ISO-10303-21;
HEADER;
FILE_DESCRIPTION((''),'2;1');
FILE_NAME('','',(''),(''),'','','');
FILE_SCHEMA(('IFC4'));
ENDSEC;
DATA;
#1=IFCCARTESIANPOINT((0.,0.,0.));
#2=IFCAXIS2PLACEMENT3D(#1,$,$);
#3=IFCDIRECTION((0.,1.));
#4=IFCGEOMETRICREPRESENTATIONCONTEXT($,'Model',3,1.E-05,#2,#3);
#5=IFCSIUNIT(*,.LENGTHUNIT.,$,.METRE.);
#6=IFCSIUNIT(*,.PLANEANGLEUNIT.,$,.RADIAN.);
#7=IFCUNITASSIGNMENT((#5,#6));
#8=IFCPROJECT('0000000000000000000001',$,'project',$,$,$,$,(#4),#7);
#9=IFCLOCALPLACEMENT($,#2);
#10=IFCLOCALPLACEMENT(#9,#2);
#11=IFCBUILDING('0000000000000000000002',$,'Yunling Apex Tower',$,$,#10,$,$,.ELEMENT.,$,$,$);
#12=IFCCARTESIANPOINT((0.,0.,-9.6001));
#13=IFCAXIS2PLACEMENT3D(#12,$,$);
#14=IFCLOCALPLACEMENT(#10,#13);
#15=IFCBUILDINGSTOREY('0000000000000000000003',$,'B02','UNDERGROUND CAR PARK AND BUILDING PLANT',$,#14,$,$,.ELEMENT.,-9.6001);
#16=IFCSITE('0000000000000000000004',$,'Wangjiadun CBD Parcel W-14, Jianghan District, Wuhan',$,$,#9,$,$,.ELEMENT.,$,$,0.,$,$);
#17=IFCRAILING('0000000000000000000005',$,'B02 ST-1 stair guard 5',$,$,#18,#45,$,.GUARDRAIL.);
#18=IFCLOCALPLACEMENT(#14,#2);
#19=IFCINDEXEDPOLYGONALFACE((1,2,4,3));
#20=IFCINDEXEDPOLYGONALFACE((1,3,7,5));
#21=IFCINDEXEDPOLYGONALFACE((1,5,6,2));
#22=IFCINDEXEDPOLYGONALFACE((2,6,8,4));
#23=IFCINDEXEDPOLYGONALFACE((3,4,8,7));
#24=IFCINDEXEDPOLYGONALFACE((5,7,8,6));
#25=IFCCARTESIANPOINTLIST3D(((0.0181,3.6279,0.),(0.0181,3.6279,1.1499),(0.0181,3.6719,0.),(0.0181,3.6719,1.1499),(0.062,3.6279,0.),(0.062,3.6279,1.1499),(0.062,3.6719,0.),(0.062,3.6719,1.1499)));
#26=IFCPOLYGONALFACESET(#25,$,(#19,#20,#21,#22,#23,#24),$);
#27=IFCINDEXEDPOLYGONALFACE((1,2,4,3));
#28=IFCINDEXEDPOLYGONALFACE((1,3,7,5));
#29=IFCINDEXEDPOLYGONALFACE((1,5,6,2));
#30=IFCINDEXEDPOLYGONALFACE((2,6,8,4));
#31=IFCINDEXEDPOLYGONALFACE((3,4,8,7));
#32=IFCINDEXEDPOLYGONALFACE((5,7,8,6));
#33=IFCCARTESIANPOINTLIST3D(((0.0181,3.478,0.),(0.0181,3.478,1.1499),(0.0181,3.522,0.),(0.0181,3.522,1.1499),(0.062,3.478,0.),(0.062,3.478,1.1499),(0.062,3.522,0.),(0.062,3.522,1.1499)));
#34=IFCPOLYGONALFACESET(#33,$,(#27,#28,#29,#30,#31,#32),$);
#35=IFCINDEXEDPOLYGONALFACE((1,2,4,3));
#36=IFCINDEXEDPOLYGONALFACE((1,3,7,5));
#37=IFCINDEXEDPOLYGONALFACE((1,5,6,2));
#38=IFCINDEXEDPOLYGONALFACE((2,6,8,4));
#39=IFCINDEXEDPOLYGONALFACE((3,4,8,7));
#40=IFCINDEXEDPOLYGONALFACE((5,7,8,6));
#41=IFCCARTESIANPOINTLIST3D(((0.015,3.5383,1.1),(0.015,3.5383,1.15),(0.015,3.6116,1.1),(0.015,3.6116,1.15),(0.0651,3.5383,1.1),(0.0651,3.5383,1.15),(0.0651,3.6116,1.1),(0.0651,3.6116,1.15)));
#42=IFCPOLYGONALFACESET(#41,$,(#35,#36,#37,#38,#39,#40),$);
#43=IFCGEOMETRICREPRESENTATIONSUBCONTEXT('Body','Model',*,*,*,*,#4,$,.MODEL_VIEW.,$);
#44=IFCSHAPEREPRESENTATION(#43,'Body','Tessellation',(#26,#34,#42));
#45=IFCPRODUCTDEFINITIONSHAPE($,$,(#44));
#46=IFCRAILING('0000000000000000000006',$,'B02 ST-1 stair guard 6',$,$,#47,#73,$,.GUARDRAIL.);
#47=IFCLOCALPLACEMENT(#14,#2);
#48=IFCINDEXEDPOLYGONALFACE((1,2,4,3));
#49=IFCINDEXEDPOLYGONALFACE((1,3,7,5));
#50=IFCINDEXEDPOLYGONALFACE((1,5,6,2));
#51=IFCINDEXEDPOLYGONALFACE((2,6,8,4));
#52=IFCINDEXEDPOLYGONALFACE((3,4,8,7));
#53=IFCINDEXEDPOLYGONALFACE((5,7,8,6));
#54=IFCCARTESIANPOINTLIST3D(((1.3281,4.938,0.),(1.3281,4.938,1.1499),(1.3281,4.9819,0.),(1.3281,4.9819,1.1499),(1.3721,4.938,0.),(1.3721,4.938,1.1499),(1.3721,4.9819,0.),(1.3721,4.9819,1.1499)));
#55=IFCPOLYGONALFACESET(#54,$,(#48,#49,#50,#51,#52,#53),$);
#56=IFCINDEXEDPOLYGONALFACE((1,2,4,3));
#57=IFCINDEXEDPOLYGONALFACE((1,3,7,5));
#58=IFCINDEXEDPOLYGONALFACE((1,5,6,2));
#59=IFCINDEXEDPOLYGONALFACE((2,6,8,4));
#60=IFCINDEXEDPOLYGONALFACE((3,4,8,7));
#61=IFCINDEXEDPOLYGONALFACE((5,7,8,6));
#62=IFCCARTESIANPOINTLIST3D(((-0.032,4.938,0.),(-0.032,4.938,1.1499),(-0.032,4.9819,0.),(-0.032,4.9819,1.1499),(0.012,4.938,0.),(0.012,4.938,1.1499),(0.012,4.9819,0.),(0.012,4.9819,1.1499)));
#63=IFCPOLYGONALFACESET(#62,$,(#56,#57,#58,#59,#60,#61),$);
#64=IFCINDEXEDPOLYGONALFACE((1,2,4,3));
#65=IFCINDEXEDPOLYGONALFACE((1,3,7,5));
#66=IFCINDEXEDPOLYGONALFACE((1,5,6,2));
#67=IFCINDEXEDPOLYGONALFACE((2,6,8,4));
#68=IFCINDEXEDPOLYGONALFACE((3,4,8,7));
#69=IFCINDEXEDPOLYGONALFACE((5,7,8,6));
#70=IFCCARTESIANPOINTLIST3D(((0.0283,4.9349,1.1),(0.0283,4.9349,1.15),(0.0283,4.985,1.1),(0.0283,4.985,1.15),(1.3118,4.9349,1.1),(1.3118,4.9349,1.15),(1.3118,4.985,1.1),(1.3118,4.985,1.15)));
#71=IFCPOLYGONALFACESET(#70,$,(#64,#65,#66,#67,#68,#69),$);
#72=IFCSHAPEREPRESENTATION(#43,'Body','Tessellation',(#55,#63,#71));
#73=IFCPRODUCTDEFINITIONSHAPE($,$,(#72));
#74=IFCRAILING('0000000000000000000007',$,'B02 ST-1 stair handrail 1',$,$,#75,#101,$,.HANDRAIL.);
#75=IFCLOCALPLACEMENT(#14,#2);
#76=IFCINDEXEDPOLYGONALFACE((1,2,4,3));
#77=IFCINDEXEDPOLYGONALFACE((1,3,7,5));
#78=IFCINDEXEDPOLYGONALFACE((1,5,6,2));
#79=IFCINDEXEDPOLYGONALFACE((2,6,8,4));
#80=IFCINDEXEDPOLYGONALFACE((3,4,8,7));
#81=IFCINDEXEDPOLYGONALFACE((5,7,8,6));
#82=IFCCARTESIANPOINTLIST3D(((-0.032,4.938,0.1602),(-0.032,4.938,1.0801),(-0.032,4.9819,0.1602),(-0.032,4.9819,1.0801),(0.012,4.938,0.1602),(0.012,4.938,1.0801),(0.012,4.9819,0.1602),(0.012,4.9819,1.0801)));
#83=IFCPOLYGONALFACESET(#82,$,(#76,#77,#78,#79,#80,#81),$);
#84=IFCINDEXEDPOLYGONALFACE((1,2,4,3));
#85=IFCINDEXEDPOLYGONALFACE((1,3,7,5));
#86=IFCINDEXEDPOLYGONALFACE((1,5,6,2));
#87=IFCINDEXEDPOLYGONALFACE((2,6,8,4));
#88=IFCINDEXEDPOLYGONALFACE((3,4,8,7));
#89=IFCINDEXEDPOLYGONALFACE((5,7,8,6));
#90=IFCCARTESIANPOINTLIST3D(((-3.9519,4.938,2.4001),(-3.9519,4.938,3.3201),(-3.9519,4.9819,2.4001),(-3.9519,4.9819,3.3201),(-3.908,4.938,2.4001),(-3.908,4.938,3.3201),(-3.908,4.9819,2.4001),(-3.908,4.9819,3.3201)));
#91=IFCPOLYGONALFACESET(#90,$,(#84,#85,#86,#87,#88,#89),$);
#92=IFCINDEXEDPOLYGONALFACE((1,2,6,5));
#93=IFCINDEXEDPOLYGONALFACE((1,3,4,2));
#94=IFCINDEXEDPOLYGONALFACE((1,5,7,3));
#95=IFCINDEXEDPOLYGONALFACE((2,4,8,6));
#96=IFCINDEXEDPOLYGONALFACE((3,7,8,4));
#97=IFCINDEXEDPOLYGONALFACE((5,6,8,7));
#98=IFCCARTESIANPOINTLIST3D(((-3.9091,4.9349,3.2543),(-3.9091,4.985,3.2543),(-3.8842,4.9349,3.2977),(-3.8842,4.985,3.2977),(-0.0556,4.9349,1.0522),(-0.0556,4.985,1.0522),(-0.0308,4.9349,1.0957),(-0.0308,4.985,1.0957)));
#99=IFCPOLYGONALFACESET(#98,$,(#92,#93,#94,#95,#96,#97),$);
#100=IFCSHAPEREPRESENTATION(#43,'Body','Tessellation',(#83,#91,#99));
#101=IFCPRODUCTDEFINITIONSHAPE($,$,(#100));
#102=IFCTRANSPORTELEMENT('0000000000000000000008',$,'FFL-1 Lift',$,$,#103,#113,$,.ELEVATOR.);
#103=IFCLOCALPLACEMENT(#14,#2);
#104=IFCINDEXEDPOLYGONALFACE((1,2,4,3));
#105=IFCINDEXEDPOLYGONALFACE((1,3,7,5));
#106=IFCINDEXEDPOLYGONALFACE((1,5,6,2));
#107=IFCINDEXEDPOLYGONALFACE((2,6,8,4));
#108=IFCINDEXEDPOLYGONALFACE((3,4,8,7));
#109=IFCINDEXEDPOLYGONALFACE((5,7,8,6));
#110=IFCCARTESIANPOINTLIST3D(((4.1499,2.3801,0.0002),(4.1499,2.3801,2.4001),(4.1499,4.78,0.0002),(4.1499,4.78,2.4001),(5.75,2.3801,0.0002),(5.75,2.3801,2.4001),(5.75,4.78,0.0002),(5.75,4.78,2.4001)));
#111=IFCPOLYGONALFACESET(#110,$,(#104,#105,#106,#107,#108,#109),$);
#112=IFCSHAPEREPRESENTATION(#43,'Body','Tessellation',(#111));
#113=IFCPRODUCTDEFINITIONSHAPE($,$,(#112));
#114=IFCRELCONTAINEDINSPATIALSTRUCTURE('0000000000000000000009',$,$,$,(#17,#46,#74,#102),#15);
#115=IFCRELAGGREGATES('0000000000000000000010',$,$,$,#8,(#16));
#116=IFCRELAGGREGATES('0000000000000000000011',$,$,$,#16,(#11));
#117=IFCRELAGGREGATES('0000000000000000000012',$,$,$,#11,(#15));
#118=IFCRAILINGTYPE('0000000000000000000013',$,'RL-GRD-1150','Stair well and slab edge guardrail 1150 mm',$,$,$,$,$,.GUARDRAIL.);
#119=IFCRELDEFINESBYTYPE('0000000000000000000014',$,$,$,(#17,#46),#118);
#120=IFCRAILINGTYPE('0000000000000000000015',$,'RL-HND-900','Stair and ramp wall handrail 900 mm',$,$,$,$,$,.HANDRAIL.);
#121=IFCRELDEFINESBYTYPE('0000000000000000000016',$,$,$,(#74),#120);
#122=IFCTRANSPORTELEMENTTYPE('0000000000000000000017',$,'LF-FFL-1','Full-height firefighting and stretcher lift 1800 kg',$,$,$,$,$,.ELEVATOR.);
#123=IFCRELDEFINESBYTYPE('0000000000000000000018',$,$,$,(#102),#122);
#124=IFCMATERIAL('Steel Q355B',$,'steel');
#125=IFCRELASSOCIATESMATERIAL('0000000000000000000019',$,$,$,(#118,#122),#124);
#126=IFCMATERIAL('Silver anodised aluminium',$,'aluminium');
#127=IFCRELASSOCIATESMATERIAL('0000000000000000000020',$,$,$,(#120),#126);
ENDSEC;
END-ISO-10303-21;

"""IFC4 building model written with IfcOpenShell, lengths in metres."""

from ifc_helpers import new_model, si_unit, direction, frame, origin, origin_2d, place, context, subcontext, project, spatial, rectangle, extrude, source, transform, mapped, material, type_object, element, save


model = new_model("IFC4")

# Units and contexts
model_context = context("Model", 3, precision=1e-05, world=origin(), true_north=direction((0.0, 1.0)))
body_context = subcontext(model_context, "Body", "Model", "MODEL_VIEW")
ifc_project = project(units=[si_unit("LENGTHUNIT", "METRE"), si_unit("PLANEANGLEUNIT", "RADIAN")], contexts=[model_context])

# Site, building, storey
site_placement = place(None, origin())
site = spatial("IfcSite", under=ifc_project, at=site_placement, Name="Wangjiadun CBD Parcel W-14, Jianghan District, Wuhan", CompositionType="ELEMENT", RefElevation=0.0)
building_placement = place(site_placement, origin())
building = spatial("IfcBuilding", under=site, at=building_placement, Name="Yunling Apex Tower", CompositionType="ELEMENT")
storey_placement = place(building_placement, frame((0.0, 0.0, -9.6001)))
storey = spatial("IfcBuildingStorey", under=building, at=storey_placement, Name="B02", Description="UNDERGROUND CAR PARK AND BUILDING PLANT", CompositionType="ELEMENT", Elevation=-9.6001)

# Shared definitions
ifc_material_1 = material(Name="Steel Q355B", Category="steel")

# Railings
railing_type_1 = type_object("IfcRailingType", Name="RL-GRD-1150", Description="Stair well and slab edge guardrail 1150 mm", PredefinedType="GUARDRAIL", material=ifc_material_1)
railing_1_placement = place(storey_placement, frame((0.04, 3.6499, 0.0)))
element("IfcRailing", 1, at=railing_1_placement, inside=storey, type_object=railing_type_1, Name="B02 ST-1 stair guard 5", PredefinedType="GUARDRAIL", context=body_context, shape_type="SweptSolid", body=[
    extrude(rectangle(XDim=0.0439, YDim=0.0439, at=origin_2d()), origin(), (0.0, 0.0, 1.0), 1.1499),
    extrude(rectangle(XDim=0.0439, YDim=0.0439, at=origin_2d()), frame((0.0, -0.1499, 0.0)), (0.0, 0.0, 1.0), 1.1499),
    extrude(rectangle(XDim=0.05, YDim=0.05, at=origin_2d()), frame((0.0, -0.0383, 1.125), z_axis=(0.0, -1.0, 0.0), x_axis=(1.0, 0.0, 0.0)), (0.0, 0.0, 1.0), 0.0732),
])
railing_2_placement = place(storey_placement, frame((1.3501, 4.96, 0.0)))
element("IfcRailing", 2, at=railing_2_placement, inside=storey, type_object=railing_type_1, Name="B02 ST-1 stair guard 6", PredefinedType="GUARDRAIL", context=body_context, shape_type="SweptSolid", body=[
    extrude(rectangle(XDim=0.0439, YDim=0.0439, at=origin_2d()), origin(), (0.0, 0.0, 1.0), 1.1499),
    extrude(rectangle(XDim=0.0439, YDim=0.0439, at=origin_2d()), frame((-1.3601, 0.0, 0.0)), (0.0, 0.0, 1.0), 1.1499),
    extrude(rectangle(XDim=0.05, YDim=0.05, at=origin_2d()), frame((-0.0383, 0.0, 1.125), z_axis=(-1.0, 0.0, 0.0), x_axis=(0.0, -1.0, 0.0)), (0.0, 0.0, 1.0), 1.2834),
])
ifc_material_2 = material(Name="Silver anodised aluminium", Category="aluminium")
railing_type_2 = type_object("IfcRailingType", Name="RL-HND-900", Description="Stair and ramp wall handrail 900 mm", PredefinedType="HANDRAIL", material=ifc_material_2)
railing_3_placement = place(storey_placement, frame((-0.01, 4.96, 0.1602)))
element("IfcRailing", 3, at=railing_3_placement, inside=storey, type_object=railing_type_2, Name="B02 ST-1 stair handrail 1", PredefinedType="HANDRAIL", context=body_context, shape_type="SweptSolid", body=[
    extrude(rectangle(XDim=0.0439, YDim=0.0439, at=origin_2d()), origin(), (0.0, 0.0, 1.0), 0.9199),
    extrude(rectangle(XDim=0.0439, YDim=0.0439, at=origin_2d()), frame((-3.9199, 0.0, 2.24)), (0.0, 0.0, 1.0), 0.9199),
    extrude(rectangle(XDim=0.05, YDim=0.05, at=origin_2d()), frame((-0.0332, 0.0, 0.9138), z_axis=(-0.86824, 0.0, 0.496145), x_axis=(0.0, -1.0, 0.0)), (0.0, 0.0, 1.0), 4.4382),
])

# Transport element
transport_element_type = type_object("IfcTransportElementType", Name="LF-FFL-1", Description="Full-height firefighting and stretcher lift 1800 kg", PredefinedType="ELEVATOR", material=ifc_material_1)
shared_shape_1 = source(origin(), body_context, "Body", "SweptSolid", [
    extrude(rectangle(XDim=1.6001, YDim=2.3999, at=origin_2d()), origin(), (0.0, 0.0, 1.0), 2.3999),
])
transport_element_placement = place(storey_placement, frame((4.95, 3.5801, 0.0002), z_axis=(0.0, 0.0, 1.0), x_axis=(1.0, 0.0, 0.0)))
element("IfcTransportElement", 4, at=transport_element_placement, inside=storey, type_object=transport_element_type, Name="FFL-1 Lift", PredefinedType="ELEVATOR", context=body_context, shape_type="MappedRepresentation", body=[
    mapped(shared_shape_1, transform((0.0, 0.0, 0.0), scale=1.0)),
])

save(model, "model.ifc")
